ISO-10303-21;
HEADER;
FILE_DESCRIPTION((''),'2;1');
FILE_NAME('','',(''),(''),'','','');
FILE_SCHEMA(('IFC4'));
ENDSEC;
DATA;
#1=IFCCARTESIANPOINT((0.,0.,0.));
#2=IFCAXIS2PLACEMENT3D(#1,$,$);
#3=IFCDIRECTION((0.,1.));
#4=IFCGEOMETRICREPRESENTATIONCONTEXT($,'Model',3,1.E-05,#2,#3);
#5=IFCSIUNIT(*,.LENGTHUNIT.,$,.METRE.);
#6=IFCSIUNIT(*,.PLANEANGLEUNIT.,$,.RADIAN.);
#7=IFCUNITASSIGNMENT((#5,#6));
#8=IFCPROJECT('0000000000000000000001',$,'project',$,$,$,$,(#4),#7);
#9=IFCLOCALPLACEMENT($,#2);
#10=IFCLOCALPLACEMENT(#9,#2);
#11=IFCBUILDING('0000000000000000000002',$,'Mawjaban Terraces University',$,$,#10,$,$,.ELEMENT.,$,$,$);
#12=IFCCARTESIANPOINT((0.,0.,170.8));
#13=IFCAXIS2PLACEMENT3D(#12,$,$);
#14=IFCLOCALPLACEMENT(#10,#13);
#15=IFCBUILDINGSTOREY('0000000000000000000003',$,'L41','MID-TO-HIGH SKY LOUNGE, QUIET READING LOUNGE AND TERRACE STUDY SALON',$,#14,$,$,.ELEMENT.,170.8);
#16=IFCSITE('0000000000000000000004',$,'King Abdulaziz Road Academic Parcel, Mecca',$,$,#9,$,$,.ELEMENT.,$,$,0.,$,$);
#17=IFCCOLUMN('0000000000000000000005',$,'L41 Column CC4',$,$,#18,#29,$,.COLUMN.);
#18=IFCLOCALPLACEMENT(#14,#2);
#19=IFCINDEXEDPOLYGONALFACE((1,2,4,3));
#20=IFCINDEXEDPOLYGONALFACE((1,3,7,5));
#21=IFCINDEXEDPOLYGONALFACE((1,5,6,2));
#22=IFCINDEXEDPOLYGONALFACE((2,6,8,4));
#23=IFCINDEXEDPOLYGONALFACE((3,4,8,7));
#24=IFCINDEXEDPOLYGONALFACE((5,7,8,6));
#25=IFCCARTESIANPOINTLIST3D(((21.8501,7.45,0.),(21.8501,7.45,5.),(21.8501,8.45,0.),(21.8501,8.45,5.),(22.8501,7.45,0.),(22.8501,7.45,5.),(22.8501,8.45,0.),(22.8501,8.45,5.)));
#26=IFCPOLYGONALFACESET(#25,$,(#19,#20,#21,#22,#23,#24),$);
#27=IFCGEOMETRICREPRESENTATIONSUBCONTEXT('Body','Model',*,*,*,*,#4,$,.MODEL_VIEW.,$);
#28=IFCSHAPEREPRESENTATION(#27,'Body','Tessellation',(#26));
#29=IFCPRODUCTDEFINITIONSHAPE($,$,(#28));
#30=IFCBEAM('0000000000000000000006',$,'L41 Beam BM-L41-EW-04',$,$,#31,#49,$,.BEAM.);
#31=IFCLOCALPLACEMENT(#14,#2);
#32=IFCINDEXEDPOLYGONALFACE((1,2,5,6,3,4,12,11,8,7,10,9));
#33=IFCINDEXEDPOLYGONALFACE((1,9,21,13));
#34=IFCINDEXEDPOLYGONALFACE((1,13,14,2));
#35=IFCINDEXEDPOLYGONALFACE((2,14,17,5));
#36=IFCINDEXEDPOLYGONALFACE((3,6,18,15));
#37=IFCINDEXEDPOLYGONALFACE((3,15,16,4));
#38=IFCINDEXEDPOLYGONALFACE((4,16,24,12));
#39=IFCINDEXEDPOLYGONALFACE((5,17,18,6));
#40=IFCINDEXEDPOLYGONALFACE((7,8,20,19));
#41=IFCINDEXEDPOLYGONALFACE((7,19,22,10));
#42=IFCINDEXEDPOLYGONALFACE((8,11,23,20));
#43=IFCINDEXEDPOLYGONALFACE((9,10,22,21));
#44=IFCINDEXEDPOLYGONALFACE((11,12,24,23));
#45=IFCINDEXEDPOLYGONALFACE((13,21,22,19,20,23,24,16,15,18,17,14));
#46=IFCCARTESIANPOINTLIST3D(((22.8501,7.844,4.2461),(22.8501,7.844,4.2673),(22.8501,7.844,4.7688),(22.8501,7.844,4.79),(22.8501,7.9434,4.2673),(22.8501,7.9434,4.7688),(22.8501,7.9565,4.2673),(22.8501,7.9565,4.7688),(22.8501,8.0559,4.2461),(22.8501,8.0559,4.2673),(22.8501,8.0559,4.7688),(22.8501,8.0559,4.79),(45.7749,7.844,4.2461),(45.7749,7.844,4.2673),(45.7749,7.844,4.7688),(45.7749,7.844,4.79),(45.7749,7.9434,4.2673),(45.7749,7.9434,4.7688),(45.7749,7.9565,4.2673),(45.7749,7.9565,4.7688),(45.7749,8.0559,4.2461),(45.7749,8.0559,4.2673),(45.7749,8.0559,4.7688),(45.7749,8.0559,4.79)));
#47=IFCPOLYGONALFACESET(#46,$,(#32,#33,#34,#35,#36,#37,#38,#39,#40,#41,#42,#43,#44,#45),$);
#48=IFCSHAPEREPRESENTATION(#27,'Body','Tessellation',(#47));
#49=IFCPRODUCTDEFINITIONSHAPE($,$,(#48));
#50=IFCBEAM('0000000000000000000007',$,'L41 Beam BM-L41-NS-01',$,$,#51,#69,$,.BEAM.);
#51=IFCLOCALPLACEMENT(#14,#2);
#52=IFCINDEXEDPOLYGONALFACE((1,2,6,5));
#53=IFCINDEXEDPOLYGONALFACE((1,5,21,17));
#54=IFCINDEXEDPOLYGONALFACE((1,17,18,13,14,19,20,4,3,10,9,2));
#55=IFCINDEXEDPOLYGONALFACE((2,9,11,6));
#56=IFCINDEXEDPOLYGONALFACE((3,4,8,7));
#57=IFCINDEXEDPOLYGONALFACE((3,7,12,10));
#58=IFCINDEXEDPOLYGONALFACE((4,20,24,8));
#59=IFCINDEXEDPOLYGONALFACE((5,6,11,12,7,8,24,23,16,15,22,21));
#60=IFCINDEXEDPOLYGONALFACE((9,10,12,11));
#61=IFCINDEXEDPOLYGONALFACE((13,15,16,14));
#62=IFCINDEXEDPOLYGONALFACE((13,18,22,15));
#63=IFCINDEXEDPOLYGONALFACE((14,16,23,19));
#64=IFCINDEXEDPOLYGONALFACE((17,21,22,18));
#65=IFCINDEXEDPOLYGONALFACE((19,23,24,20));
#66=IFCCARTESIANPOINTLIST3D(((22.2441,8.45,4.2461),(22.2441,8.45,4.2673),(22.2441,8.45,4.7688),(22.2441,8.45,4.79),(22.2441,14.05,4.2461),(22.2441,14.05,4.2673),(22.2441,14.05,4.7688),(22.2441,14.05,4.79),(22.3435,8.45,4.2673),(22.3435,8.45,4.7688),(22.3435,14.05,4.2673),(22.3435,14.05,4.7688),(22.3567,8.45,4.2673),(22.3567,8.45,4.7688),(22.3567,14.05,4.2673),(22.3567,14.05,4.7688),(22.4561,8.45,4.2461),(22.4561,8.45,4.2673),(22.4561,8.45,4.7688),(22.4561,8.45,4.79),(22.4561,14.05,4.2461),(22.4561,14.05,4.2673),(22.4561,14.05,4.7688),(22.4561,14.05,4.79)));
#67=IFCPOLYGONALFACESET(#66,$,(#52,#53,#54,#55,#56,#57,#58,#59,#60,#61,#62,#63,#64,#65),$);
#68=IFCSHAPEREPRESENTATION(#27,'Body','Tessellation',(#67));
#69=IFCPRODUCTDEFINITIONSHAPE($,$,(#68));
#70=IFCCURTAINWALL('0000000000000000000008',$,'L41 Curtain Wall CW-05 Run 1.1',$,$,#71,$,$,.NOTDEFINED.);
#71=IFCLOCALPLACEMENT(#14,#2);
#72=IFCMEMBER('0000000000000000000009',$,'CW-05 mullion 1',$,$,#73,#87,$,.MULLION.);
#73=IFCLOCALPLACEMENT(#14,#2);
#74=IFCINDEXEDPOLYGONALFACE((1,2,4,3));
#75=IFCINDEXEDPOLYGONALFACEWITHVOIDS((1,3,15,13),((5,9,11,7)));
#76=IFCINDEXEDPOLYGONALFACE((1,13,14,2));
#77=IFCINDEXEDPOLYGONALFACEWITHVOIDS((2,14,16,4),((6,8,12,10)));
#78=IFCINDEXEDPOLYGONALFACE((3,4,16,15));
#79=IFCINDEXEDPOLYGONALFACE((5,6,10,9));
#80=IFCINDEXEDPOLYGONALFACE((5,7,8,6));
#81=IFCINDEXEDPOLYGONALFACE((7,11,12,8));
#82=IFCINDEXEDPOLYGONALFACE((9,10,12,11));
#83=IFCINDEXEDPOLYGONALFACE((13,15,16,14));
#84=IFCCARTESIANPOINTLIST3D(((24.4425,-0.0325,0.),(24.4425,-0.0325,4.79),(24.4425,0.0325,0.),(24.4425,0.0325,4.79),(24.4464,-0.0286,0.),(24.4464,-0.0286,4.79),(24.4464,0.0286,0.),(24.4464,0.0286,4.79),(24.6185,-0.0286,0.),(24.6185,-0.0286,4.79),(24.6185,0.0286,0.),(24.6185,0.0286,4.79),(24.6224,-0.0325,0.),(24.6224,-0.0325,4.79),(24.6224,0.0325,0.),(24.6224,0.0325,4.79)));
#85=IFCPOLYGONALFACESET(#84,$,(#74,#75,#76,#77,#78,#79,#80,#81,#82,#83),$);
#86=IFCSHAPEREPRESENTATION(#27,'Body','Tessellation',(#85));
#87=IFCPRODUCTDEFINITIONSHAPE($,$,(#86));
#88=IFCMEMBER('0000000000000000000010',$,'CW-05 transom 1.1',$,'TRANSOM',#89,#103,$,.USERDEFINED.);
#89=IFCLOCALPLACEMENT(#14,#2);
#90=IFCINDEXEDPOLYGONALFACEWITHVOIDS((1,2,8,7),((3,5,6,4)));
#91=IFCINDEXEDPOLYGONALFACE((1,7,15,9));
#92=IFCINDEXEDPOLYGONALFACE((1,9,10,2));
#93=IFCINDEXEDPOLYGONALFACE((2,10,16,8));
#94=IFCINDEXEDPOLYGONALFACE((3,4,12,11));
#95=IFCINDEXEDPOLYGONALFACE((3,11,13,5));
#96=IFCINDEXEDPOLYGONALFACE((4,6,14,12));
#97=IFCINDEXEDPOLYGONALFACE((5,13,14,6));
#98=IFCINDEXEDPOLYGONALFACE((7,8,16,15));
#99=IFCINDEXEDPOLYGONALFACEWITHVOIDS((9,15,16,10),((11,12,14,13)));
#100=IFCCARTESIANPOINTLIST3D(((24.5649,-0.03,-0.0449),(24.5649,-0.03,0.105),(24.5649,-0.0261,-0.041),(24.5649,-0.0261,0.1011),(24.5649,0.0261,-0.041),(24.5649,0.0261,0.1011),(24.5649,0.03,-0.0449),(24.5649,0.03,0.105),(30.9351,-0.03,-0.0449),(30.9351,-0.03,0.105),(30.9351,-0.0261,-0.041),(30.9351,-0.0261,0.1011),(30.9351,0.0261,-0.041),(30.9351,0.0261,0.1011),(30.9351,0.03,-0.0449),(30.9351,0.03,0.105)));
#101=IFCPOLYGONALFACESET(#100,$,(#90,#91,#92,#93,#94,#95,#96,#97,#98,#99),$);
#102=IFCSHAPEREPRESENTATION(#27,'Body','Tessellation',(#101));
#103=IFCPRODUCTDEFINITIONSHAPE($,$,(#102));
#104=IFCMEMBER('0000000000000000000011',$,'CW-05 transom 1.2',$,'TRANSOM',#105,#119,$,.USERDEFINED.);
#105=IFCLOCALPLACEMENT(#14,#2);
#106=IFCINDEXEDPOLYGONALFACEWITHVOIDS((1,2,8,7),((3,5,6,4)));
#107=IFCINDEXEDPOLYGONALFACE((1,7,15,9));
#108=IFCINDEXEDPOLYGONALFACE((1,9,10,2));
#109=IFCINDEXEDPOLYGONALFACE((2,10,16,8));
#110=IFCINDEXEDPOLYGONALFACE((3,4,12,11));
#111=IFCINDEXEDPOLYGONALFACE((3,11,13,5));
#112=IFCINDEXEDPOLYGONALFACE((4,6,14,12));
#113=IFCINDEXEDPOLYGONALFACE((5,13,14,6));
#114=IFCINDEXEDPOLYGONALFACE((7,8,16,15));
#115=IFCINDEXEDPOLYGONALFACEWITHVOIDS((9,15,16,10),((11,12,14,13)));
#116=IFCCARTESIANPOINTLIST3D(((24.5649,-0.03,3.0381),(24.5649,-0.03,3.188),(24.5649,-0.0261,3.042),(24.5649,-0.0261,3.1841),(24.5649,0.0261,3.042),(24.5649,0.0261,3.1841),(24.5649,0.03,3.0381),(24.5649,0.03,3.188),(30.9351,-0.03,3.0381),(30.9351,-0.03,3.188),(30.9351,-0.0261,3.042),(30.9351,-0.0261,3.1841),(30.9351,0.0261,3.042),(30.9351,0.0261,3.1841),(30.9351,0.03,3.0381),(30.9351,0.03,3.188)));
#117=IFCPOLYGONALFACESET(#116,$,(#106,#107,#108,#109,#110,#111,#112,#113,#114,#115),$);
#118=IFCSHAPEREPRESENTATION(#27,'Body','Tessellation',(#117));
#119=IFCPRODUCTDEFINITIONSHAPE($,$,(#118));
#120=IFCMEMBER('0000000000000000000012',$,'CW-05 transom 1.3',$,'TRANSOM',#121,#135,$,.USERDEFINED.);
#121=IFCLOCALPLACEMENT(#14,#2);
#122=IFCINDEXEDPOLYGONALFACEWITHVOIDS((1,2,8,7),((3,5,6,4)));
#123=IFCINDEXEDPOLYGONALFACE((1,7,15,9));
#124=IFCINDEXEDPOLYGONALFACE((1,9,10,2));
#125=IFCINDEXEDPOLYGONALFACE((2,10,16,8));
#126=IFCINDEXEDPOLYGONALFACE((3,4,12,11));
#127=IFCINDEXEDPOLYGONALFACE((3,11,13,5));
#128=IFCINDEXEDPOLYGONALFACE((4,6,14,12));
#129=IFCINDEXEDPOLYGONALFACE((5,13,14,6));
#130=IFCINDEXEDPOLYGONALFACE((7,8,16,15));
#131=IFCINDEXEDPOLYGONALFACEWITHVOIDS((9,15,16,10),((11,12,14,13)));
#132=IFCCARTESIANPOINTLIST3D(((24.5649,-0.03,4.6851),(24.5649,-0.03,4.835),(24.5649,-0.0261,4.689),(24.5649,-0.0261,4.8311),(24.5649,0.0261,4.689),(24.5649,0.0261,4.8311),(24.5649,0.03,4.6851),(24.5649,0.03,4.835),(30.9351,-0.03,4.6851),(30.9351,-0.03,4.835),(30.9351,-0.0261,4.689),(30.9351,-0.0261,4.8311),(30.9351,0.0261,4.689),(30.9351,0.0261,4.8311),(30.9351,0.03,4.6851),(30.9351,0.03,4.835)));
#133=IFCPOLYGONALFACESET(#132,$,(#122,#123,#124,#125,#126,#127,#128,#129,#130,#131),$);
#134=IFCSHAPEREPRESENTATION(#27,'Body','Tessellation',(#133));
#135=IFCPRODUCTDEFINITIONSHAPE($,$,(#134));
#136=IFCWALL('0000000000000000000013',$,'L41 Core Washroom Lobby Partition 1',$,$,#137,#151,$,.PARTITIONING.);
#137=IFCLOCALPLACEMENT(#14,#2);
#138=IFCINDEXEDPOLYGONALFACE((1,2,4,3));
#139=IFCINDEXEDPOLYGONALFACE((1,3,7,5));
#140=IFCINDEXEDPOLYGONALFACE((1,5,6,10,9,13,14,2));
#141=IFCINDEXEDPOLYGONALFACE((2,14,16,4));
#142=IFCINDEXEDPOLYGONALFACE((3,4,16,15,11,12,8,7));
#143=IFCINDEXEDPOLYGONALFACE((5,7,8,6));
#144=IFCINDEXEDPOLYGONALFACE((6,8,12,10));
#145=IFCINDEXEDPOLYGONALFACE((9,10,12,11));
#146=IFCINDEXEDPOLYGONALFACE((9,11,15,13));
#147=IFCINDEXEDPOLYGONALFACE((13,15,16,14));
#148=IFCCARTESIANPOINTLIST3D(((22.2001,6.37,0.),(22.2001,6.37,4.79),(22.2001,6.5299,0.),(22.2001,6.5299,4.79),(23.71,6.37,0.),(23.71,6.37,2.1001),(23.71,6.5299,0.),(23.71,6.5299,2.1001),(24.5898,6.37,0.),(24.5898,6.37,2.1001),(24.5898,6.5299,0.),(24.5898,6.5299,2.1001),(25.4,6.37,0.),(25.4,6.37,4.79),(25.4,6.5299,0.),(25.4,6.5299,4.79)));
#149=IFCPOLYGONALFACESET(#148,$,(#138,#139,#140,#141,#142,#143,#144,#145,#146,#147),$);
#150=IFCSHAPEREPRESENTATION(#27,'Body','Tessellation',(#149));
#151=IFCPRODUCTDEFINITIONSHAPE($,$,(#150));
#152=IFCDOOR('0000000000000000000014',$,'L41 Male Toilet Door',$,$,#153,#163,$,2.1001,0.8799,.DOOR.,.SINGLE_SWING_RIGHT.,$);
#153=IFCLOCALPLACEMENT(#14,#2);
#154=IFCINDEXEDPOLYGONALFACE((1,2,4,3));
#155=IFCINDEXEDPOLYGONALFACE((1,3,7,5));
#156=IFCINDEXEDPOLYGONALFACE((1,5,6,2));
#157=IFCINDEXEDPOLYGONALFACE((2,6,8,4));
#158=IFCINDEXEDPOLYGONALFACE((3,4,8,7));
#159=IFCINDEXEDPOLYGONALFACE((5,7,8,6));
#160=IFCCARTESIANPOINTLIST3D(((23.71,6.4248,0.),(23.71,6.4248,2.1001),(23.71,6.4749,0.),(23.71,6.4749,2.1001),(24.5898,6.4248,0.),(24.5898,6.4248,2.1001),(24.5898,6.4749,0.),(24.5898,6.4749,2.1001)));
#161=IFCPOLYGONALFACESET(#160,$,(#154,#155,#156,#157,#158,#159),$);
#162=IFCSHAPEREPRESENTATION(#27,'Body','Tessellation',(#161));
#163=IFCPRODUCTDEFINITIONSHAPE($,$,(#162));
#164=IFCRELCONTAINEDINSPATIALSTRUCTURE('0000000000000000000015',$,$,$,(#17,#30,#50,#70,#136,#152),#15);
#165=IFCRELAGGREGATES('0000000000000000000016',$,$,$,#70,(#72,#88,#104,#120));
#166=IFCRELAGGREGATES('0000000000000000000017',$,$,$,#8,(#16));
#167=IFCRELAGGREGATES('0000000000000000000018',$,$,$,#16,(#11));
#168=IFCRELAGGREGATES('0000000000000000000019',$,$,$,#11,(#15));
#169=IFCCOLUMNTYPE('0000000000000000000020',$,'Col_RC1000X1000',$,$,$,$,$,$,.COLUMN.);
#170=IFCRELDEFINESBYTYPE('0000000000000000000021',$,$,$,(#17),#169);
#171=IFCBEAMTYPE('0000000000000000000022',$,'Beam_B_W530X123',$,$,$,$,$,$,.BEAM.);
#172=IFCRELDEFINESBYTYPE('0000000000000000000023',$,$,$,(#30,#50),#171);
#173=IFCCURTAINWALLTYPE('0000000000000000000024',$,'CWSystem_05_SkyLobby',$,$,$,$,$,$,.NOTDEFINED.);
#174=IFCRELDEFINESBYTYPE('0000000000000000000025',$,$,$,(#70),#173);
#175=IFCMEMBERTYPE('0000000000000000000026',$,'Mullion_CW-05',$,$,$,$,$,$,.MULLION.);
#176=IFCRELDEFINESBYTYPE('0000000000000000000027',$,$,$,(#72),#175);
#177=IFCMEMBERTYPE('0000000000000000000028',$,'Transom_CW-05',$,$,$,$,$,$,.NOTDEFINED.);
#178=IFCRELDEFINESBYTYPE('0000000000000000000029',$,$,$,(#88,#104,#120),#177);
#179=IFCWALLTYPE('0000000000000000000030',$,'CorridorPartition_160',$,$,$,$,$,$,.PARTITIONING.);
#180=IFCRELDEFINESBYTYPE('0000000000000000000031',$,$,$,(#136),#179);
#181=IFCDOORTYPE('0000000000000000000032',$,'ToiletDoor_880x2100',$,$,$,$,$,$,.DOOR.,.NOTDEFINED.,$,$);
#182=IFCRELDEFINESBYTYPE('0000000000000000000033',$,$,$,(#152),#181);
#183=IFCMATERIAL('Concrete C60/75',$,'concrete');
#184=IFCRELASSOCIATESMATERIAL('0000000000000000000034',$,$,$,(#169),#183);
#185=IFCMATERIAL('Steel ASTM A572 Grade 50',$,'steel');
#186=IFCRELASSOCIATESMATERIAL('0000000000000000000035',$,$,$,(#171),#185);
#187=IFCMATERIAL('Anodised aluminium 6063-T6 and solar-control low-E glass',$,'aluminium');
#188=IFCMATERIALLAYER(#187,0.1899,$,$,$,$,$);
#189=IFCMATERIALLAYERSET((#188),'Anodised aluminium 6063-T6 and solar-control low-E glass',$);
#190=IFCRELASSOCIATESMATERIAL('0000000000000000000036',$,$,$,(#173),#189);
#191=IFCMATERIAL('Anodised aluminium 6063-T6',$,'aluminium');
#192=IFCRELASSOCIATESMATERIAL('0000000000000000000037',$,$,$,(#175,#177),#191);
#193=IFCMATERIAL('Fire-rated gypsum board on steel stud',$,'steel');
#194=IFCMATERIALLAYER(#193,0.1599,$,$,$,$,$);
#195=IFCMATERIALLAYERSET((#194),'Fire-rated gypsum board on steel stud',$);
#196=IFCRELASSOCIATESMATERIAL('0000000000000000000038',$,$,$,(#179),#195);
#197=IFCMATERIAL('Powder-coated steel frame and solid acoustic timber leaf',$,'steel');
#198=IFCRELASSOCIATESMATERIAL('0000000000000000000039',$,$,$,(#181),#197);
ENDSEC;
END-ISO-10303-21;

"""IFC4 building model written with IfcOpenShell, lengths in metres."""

from ifc_helpers import new_model, si_unit, direction, frame, frame_2d, origin, origin_2d, place, context, subcontext, project, spatial, rectangle, hollow_rectangle, i_section, extrude, material, layer, layer_set, material_profile, profile_set, type_object, element, fill, aggregate, save


model = new_model("IFC4")

# Units and contexts
model_context = context("Model", 3, precision=1e-05, world=origin(), true_north=direction((0.0, 1.0)))
body_context = subcontext(model_context, "Body", "Model", "MODEL_VIEW")
ifc_project = project(units=[si_unit("LENGTHUNIT", "METRE"), si_unit("PLANEANGLEUNIT", "RADIAN")], contexts=[model_context])

# Site, building, storey
site_placement = place(None, origin())
site = spatial("IfcSite", under=ifc_project, at=site_placement, Name="King Abdulaziz Road Academic Parcel, Mecca", CompositionType="ELEMENT", RefElevation=0.0)
building_placement = place(site_placement, origin())
building = spatial("IfcBuilding", under=site, at=building_placement, Name="Mawjaban Terraces University", CompositionType="ELEMENT")
storey_placement = place(building_placement, frame((0.0, 0.0, 170.8)))
storey = spatial("IfcBuildingStorey", under=building, at=storey_placement, Name="L41", Description="MID-TO-HIGH SKY LOUNGE, QUIET READING LOUNGE AND TERRACE STUDY SALON", CompositionType="ELEMENT", Elevation=170.8)

# Column
ifc_material_1 = material(Name="Concrete C60/75", Category="concrete")
ifc_material_profile_1 = material_profile(ifc_material_1, rectangle(XDim=1.0, YDim=1.0, at=origin_2d()), Name="RC1000X1000")
ifc_profile_set_1 = profile_set([ifc_material_profile_1], Name="Concrete C60/75")
column_type = type_object("IfcColumnType", Name="Col_RC1000X1000", PredefinedType="COLUMN", material=ifc_profile_set_1)
column_placement = place(storey_placement, frame((22.3501, 7.95, 0.0), z_axis=(0.0, 0.0, 1.0), x_axis=(1.0, 0.0, 0.0)))
element("IfcColumn", 1, at=column_placement, inside=storey, type_object=column_type, Name="L41 Column CC4", PredefinedType="COLUMN", context=body_context, shape_type="SweptSolid", body=[
    extrude(rectangle(XDim=1.0, YDim=1.0, at=origin_2d()), origin(), (0.0, 0.0, 1.0), 5.0),
])

# Beams
ifc_material_2 = material(Name="Steel ASTM A572 Grade 50", Category="steel")
ifc_material_profile_2 = material_profile(ifc_material_2, i_section(OverallWidth=0.2119, OverallDepth=0.5439, WebThickness=0.0132, FlangeThickness=0.0212, at=origin_2d()), Name="W530X123")
ifc_profile_set_2 = profile_set([ifc_material_profile_2], Name="Steel ASTM A572 Grade 50")
beam_type = type_object("IfcBeamType", Name="Beam_B_W530X123", PredefinedType="BEAM", material=ifc_profile_set_2)
beam_1_placement = place(storey_placement, frame((22.8501, 7.95, 4.5181), z_axis=(1.0, 0.0, 0.0), x_axis=(0.0, 1.0, 0.0)))
element("IfcBeam", 2, at=beam_1_placement, inside=storey, type_object=beam_type, Name="L41 Beam BM-L41-EW-04", PredefinedType="BEAM", context=body_context, shape_type="SweptSolid", body=[
    extrude(i_section(OverallWidth=0.2119, OverallDepth=0.5439, WebThickness=0.0132, FlangeThickness=0.0212, at=origin_2d()), origin(), (0.0, 0.0, 1.0), 22.9248),
])
beam_2_placement = place(storey_placement, frame((22.3501, 8.45, 4.5181), z_axis=(0.0, 1.0, 0.0), x_axis=(-1.0, 0.0, 0.0)))
element("IfcBeam", 3, at=beam_2_placement, inside=storey, type_object=beam_type, Name="L41 Beam BM-L41-NS-01", PredefinedType="BEAM", context=body_context, shape_type="SweptSolid", body=[
    extrude(i_section(OverallWidth=0.2119, OverallDepth=0.5439, WebThickness=0.0132, FlangeThickness=0.0212, at=origin_2d()), origin(), (0.0, 0.0, 1.0), 5.6001),
])

# Curtain wall, members
ifc_material_3 = material(Name="Anodised aluminium 6063-T6 and solar-control low-E glass", Category="aluminium")
ifc_layer_1 = layer(ifc_material_3, 0.1899)
ifc_layer_set_1 = layer_set([ifc_layer_1], Name="Anodised aluminium 6063-T6 and solar-control low-E glass")
curtain_wall_type = type_object("IfcCurtainWallType", Name="CWSystem_05_SkyLobby", PredefinedType="NOTDEFINED", material=ifc_layer_set_1)
curtain_wall_placement = place(storey_placement, origin())
curtain_wall = element("IfcCurtainWall", 4, at=curtain_wall_placement, inside=storey, type_object=curtain_wall_type, Name="L41 Curtain Wall CW-05 Run 1.1", PredefinedType="NOTDEFINED")
ifc_material_4 = material(Name="Anodised aluminium 6063-T6", Category="aluminium")
ifc_material_profile_3 = material_profile(ifc_material_4, hollow_rectangle(XDim=0.0649, YDim=0.1799, WallThickness=0.0039, at=origin_2d()), Name="ALU180X65X4")
ifc_profile_set_3 = profile_set([ifc_material_profile_3], Name="Anodised aluminium 6063-T6")
member_type_1 = type_object("IfcMemberType", Name="Mullion_CW-05", PredefinedType="MULLION", material=ifc_profile_set_3)
member_1_placement = place(storey_placement, frame((24.5325, 0.0, 0.0), z_axis=(0.0, 0.0, 1.0), x_axis=(0.0, 1.0, 0.0)))
member_1 = element("IfcMember", 5, at=member_1_placement, type_object=member_type_1, Name="CW-05 mullion 1", PredefinedType="MULLION", context=body_context, shape_type="SweptSolid", body=[
    extrude(hollow_rectangle(XDim=0.0649, YDim=0.1799, WallThickness=0.0039, at=origin_2d()), origin(), (0.0, 0.0, 1.0), 4.79),
])
ifc_material_profile_4 = material_profile(ifc_material_4, hollow_rectangle(XDim=0.0601, YDim=0.1499, WallThickness=0.0039, at=origin_2d()), Name="ALU150X60X4")
ifc_profile_set_4 = profile_set([ifc_material_profile_4], Name="Anodised aluminium 6063-T6")
member_type_2 = type_object("IfcMemberType", Name="Transom_CW-05", PredefinedType="NOTDEFINED", material=ifc_profile_set_4)
member_2_placement = place(storey_placement, frame((24.5649, 0.0, 0.03), z_axis=(1.0, 0.0, 0.0), x_axis=(0.0, 1.0, 0.0)))
member_2 = element("IfcMember", 6, at=member_2_placement, type_object=member_type_2, Name="CW-05 transom 1.1", ObjectType="TRANSOM", PredefinedType="USERDEFINED", context=body_context, shape_type="SweptSolid", body=[
    extrude(hollow_rectangle(XDim=0.0601, YDim=0.1499, WallThickness=0.0039, at=origin_2d()), origin(), (0.0, 0.0, 1.0), 6.3701),
])
member_3_placement = place(storey_placement, frame((24.5649, 0.0, 3.113), z_axis=(1.0, 0.0, 0.0), x_axis=(0.0, 1.0, 0.0)))
member_3 = element("IfcMember", 7, at=member_3_placement, type_object=member_type_2, Name="CW-05 transom 1.2", ObjectType="TRANSOM", PredefinedType="USERDEFINED", context=body_context, shape_type="SweptSolid", body=[
    extrude(hollow_rectangle(XDim=0.0601, YDim=0.1499, WallThickness=0.0039, at=origin_2d()), origin(), (0.0, 0.0, 1.0), 6.3701),
])
member_4_placement = place(storey_placement, frame((24.5649, 0.0, 4.76), z_axis=(1.0, 0.0, 0.0), x_axis=(0.0, 1.0, 0.0)))
member_4 = element("IfcMember", 8, at=member_4_placement, type_object=member_type_2, Name="CW-05 transom 1.3", ObjectType="TRANSOM", PredefinedType="USERDEFINED", context=body_context, shape_type="SweptSolid", body=[
    extrude(hollow_rectangle(XDim=0.0601, YDim=0.1499, WallThickness=0.0039, at=origin_2d()), origin(), (0.0, 0.0, 1.0), 6.3701),
])
aggregate(curtain_wall, [member_1, member_2, member_3, member_4])

# Wall, opening, door
ifc_material_5 = material(Name="Fire-rated gypsum board on steel stud", Category="steel")
ifc_layer_2 = layer(ifc_material_5, 0.1599)
ifc_layer_set_2 = layer_set([ifc_layer_2], Name="Fire-rated gypsum board on steel stud")
wall_type_1 = type_object("IfcWallType", Name="CorridorPartition_160", PredefinedType="PARTITIONING", material=ifc_layer_set_2)
wall_1_placement = place(storey_placement, frame((22.2, 6.45, 0.0), z_axis=(0.0, 0.0, 1.0), x_axis=(1.0, 0.0, 0.0)))
wall_1 = element("IfcWall", 9, at=wall_1_placement, inside=storey, type_object=wall_type_1, Name="L41 Core Washroom Lobby Partition 1", PredefinedType="PARTITIONING", context=body_context, shape_type="SweptSolid", body=[
    extrude(rectangle(XDim=3.2, YDim=0.1599, at=frame_2d((1.6001, 0.0))), origin(), (0.0, 0.0, 1.0), 4.79),
])
opening_1_placement = place(wall_1_placement, frame((1.51, 0.0, 0.0)))
opening_1 = element("IfcOpeningElement", 10, at=opening_1_placement, cuts=wall_1, PredefinedType="OPENING", context=body_context, shape_type="SweptSolid", body=[
    extrude(rectangle(XDim=0.8799, YDim=2.1001, at=frame_2d((0.4399, 1.05))), frame((0.0, 0.0898, 0.0), z_axis=(0.0, -1.0, 0.0), x_axis=(1.0, 0.0, 0.0)), (0.0, 0.0, 1.0), 0.1799),
])
ifc_material_6 = material(Name="Powder-coated steel frame and solid acoustic timber leaf", Category="steel")
door_type = type_object("IfcDoorType", Name="ToiletDoor_880x2100", OperationType="NOTDEFINED", PredefinedType="DOOR", material=ifc_material_6)
door_1_placement = place(opening_1_placement, origin())
door_1 = element("IfcDoor", 11, at=door_1_placement, inside=storey, type_object=door_type, Name="L41 Male Toilet Door", OperationType="SINGLE_SWING_RIGHT", OverallHeight=2.1001, OverallWidth=0.8799, PredefinedType="DOOR", context=body_context, shape_type="SweptSolid", body=[
    extrude(rectangle(XDim=0.8799, YDim=2.1001, at=frame_2d((0.4399, 1.05))), frame((0.0, 0.0249, 0.0), z_axis=(0.0, -1.0, 0.0), x_axis=(1.0, 0.0, 0.0)), (0.0, 0.0, 1.0), 0.05),
])
fill(opening_1, door_1)

save(model, "model.ifc")
